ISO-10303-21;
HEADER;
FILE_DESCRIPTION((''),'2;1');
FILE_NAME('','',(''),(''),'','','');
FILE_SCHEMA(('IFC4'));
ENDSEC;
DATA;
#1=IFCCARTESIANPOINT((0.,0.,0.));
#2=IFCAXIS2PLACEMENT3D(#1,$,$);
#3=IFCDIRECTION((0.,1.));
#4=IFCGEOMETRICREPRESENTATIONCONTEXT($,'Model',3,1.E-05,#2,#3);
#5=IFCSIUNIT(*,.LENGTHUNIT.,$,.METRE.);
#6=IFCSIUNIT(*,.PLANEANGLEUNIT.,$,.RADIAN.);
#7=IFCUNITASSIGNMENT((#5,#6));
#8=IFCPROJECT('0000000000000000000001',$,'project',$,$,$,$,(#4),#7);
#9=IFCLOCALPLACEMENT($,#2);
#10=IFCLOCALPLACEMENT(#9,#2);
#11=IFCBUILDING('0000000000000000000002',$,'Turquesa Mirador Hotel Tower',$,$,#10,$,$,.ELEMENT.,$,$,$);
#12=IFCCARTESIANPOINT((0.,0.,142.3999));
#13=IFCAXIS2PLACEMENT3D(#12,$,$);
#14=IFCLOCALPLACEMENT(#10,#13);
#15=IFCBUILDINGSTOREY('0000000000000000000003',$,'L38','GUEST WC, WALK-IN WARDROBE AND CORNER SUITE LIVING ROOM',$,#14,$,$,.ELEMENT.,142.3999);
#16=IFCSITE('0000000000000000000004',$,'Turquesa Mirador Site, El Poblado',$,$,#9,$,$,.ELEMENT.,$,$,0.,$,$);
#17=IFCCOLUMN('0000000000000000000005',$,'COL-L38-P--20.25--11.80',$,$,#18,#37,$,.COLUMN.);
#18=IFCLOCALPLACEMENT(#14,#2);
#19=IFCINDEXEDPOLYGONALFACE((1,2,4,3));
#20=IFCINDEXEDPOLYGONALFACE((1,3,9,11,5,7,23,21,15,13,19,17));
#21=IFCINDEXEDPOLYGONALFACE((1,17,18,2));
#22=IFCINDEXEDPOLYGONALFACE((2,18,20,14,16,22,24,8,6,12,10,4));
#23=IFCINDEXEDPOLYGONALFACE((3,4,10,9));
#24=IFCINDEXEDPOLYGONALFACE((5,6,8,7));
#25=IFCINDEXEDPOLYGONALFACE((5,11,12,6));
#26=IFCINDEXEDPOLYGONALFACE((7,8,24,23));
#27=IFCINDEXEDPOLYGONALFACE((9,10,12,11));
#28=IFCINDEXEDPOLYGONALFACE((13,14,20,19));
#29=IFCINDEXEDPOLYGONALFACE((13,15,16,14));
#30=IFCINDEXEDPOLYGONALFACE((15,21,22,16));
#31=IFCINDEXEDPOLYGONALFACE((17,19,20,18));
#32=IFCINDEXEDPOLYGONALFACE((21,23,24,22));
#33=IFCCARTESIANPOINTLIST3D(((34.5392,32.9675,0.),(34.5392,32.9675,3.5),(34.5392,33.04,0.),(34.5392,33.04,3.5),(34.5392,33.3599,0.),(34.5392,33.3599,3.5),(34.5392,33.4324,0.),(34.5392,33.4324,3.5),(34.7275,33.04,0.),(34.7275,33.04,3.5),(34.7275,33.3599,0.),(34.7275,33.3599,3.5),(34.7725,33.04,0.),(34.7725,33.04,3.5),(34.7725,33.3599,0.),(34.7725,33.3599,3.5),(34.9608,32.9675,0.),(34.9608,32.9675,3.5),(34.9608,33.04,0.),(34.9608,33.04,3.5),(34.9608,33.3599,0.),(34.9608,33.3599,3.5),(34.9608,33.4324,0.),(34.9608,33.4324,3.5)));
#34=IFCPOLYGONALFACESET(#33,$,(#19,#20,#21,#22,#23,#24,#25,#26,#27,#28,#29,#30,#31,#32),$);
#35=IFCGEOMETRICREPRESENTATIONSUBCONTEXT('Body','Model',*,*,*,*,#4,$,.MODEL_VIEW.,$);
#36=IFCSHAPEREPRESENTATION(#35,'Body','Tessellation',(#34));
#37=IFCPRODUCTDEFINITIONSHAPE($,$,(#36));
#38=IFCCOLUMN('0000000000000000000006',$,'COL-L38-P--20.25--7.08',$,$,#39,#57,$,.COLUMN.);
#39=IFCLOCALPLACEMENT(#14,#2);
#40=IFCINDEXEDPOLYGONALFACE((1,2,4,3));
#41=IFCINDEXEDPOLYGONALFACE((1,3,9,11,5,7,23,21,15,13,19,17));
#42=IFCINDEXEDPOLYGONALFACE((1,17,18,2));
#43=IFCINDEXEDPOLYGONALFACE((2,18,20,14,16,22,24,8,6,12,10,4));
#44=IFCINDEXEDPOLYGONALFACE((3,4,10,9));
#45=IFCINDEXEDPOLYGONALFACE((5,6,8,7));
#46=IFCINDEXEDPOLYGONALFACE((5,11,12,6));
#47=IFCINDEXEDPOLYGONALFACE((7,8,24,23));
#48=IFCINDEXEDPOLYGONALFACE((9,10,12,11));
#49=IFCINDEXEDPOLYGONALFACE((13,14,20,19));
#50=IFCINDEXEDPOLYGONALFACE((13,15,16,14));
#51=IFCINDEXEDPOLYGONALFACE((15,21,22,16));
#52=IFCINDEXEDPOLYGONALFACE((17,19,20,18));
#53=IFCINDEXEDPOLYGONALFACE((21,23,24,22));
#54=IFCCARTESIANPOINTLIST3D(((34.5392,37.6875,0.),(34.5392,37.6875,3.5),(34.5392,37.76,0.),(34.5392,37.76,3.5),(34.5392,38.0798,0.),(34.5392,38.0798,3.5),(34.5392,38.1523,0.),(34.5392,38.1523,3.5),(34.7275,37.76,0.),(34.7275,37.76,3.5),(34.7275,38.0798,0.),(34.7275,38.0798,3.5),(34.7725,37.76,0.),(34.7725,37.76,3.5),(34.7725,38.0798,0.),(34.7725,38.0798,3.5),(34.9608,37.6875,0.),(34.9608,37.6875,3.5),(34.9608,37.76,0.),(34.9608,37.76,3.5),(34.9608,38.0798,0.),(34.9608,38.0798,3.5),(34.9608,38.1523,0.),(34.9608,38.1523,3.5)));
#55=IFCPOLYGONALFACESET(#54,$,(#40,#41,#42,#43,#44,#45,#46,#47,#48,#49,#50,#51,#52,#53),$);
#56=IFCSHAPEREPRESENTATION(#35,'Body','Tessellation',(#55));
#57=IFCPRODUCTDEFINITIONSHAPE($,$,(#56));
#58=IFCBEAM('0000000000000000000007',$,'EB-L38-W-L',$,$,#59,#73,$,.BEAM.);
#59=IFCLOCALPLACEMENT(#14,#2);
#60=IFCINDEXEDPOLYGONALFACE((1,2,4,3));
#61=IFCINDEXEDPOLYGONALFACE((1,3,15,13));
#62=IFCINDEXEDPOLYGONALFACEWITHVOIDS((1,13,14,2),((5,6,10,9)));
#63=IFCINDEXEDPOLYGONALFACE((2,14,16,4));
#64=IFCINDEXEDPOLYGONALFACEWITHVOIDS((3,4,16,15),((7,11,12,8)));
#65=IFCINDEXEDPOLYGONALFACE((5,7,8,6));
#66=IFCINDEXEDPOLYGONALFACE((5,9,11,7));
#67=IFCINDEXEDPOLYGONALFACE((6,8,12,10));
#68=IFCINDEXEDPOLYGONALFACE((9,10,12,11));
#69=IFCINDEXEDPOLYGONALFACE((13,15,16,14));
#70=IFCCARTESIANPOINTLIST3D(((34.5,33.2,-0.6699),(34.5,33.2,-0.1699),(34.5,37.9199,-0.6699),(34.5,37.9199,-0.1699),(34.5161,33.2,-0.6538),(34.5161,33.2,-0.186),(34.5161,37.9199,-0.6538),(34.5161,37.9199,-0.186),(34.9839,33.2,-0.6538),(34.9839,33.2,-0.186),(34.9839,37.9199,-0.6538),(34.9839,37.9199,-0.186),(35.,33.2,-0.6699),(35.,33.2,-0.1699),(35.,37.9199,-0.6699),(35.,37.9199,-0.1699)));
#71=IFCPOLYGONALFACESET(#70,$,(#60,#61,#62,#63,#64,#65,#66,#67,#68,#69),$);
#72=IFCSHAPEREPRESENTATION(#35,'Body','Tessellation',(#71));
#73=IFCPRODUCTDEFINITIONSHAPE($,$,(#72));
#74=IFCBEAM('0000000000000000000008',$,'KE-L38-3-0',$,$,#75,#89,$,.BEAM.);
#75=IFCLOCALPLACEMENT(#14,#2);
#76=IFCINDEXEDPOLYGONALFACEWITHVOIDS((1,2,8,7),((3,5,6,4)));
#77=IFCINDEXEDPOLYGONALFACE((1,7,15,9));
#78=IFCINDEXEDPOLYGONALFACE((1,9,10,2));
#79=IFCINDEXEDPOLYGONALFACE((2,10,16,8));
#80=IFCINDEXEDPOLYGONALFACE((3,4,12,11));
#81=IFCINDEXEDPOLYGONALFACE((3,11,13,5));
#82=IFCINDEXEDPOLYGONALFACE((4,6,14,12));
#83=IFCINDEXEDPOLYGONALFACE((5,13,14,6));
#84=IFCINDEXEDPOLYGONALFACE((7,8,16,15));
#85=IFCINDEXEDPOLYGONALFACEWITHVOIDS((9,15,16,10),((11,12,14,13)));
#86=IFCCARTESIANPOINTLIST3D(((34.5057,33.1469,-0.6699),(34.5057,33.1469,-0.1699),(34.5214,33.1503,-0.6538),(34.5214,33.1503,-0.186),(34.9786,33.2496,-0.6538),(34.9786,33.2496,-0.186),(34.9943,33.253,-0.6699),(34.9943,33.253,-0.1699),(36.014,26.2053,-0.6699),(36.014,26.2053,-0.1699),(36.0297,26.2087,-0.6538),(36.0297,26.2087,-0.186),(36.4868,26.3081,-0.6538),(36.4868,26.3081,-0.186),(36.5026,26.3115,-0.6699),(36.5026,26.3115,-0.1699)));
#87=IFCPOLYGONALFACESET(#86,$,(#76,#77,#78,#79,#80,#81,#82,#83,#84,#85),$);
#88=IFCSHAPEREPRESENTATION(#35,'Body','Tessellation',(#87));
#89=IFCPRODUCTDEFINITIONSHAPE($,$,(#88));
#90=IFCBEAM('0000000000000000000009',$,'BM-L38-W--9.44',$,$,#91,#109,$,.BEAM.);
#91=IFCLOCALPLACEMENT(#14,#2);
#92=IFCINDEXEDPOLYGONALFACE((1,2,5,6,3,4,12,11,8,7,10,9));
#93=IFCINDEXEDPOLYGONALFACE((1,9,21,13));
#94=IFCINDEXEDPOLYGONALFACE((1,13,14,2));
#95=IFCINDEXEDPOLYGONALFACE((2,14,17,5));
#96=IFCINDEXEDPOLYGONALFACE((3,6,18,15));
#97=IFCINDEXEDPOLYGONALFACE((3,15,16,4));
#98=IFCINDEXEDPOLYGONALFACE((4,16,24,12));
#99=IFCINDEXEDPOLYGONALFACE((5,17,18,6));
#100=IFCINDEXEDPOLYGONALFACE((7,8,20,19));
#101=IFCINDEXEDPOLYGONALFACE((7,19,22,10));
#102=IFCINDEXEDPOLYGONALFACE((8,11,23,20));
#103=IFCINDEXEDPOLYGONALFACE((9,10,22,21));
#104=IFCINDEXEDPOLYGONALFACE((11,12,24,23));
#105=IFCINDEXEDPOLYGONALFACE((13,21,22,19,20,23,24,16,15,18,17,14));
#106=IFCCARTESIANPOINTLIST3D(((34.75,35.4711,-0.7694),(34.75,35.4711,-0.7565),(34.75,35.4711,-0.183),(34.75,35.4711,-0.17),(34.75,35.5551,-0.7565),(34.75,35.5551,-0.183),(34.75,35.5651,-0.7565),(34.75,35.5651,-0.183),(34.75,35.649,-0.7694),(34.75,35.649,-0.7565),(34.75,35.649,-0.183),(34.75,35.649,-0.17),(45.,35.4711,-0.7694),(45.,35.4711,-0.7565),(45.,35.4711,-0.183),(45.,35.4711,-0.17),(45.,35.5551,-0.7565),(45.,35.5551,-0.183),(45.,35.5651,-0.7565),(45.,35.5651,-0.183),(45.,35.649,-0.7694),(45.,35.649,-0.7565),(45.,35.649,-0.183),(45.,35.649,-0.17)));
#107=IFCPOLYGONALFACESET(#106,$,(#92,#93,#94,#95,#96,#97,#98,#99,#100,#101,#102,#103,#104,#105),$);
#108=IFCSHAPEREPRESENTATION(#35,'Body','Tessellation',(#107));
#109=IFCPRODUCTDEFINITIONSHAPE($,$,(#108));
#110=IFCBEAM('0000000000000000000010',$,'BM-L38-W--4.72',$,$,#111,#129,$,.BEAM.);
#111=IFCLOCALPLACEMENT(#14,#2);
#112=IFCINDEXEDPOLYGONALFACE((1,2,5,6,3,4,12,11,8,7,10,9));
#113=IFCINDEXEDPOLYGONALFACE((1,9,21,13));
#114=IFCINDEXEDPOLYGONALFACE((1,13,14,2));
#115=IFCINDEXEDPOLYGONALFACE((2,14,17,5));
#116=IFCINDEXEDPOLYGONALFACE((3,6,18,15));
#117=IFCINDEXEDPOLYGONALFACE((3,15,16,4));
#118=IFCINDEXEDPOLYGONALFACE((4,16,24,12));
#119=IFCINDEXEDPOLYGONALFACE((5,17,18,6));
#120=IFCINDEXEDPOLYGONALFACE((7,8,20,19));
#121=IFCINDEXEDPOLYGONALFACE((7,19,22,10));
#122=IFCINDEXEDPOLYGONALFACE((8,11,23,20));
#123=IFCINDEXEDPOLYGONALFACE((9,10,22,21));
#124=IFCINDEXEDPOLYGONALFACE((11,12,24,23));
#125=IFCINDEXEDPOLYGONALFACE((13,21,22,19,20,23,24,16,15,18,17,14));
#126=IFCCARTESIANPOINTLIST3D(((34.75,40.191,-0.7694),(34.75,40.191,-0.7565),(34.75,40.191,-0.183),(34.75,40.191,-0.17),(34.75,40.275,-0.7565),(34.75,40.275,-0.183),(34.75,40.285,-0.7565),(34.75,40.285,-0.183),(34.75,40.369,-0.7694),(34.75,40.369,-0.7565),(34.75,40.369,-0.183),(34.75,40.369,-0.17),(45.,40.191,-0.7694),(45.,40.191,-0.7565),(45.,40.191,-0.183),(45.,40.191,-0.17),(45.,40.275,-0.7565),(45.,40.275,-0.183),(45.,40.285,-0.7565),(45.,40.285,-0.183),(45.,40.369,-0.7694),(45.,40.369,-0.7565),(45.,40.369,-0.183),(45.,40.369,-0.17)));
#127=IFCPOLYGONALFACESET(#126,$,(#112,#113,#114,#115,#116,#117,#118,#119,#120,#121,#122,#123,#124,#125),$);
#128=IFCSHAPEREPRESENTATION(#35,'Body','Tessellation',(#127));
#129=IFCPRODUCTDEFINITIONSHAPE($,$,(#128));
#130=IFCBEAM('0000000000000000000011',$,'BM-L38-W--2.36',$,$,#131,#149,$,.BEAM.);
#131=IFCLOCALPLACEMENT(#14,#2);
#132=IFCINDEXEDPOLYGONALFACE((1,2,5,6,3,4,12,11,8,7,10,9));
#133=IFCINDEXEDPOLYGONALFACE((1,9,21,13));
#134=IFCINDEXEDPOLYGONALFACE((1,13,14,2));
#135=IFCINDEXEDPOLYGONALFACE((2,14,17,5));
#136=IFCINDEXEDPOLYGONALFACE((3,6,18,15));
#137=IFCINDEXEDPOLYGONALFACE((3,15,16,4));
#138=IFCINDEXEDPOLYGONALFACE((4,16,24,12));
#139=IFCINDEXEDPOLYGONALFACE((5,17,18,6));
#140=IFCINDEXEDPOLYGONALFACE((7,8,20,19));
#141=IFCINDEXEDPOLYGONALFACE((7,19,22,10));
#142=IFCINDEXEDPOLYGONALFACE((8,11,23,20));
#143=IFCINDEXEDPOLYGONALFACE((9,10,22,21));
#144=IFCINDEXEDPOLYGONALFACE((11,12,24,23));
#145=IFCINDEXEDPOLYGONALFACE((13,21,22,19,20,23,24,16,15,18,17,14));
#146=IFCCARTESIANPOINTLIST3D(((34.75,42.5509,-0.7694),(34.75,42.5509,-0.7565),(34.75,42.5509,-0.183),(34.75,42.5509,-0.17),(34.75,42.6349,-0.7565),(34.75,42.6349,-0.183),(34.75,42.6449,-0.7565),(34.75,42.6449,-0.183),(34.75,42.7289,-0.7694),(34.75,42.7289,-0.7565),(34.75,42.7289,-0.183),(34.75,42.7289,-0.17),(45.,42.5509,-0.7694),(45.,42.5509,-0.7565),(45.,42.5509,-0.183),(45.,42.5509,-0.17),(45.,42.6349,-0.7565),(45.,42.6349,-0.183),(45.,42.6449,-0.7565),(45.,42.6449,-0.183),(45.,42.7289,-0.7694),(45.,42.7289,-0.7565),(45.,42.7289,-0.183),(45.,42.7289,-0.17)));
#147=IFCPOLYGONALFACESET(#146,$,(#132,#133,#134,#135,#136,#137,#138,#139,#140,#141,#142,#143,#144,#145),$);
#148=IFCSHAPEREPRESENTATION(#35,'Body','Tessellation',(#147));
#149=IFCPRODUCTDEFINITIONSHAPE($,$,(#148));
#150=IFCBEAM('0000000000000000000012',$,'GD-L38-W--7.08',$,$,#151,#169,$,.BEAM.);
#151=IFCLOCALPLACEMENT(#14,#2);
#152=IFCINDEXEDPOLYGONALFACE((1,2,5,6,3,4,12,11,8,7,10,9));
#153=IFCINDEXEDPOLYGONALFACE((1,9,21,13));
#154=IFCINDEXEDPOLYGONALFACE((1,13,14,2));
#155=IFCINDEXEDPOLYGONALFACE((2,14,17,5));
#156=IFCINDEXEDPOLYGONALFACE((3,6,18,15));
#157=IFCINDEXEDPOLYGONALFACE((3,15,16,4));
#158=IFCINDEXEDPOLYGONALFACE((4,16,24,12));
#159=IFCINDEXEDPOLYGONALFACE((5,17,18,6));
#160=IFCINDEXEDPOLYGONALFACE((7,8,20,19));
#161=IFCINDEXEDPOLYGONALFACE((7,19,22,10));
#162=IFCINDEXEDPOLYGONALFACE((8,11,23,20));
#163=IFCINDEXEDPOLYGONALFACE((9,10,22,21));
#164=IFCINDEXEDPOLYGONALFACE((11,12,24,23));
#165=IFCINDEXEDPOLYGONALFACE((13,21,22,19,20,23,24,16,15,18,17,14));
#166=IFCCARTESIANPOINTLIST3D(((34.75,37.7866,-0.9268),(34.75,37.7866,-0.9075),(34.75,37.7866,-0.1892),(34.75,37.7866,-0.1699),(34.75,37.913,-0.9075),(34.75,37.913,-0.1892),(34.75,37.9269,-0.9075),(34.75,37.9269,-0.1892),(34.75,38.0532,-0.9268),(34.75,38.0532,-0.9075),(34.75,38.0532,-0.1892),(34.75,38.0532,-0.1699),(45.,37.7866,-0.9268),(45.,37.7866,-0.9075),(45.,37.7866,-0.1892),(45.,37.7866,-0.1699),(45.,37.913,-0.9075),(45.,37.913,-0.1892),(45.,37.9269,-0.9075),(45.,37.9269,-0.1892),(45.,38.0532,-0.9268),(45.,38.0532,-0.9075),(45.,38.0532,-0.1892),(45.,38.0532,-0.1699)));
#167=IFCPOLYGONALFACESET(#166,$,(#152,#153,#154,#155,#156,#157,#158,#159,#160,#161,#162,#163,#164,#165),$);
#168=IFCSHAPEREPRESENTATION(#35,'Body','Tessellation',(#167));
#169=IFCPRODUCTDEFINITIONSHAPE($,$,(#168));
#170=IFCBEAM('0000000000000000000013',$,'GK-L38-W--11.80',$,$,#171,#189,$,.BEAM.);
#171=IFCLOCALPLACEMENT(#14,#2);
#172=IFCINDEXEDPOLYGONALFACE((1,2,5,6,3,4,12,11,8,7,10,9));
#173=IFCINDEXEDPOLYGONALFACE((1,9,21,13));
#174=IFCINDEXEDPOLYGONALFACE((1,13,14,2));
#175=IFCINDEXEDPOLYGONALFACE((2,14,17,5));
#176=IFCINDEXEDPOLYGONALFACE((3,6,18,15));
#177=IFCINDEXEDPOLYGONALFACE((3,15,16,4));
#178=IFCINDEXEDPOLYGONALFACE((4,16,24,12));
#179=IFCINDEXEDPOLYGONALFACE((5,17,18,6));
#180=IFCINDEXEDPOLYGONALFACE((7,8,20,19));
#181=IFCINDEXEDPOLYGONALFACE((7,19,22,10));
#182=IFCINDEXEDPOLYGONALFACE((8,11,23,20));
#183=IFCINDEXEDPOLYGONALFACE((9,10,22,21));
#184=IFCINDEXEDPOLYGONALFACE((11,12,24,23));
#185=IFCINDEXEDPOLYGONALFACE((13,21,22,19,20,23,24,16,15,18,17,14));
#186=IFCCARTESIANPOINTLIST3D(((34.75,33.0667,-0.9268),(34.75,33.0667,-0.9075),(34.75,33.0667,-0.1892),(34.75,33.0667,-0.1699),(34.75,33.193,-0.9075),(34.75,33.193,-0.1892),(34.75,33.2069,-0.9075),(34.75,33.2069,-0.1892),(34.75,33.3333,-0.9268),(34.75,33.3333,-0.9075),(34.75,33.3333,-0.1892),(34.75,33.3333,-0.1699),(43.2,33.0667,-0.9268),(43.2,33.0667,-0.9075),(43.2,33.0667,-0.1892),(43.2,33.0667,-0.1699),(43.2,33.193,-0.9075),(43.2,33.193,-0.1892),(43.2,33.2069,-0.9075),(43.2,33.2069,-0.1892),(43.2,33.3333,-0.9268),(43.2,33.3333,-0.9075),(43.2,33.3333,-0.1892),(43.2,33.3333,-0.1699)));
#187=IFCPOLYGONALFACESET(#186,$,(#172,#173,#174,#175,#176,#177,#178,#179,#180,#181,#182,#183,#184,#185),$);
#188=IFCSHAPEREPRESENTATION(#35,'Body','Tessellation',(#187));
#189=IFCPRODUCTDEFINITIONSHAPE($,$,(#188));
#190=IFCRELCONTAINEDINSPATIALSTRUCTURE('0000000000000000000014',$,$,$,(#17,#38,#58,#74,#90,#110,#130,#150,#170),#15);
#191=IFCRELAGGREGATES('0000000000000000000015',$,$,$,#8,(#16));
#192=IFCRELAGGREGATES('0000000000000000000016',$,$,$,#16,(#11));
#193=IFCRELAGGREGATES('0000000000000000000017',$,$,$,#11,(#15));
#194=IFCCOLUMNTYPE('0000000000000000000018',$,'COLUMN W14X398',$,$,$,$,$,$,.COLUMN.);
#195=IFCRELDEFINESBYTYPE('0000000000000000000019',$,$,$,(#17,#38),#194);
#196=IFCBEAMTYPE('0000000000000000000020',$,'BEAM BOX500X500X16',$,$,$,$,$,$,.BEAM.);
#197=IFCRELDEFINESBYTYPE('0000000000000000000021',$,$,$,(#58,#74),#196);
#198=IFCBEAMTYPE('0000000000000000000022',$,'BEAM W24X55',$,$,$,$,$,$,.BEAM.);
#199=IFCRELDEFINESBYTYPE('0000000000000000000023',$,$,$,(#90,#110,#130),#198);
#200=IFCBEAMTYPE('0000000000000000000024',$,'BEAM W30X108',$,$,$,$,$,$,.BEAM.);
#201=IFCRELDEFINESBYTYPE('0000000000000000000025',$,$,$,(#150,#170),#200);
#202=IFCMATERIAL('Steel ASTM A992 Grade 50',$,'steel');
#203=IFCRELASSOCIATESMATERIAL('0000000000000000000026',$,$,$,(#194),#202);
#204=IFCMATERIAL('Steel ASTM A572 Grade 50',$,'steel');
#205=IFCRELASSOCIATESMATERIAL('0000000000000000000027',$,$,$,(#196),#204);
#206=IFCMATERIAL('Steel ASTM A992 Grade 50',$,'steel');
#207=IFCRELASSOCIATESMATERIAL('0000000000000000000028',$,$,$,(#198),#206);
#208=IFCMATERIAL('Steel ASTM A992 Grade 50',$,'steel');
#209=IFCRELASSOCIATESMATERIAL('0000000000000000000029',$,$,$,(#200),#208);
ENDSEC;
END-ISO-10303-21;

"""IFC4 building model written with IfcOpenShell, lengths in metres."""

from ifc_helpers import new_model, si_unit, direction, frame, origin, origin_2d, place, context, subcontext, project, spatial, hollow_rectangle, i_section, extrude, material, material_profile, profile_set, type_object, element, save


model = new_model("IFC4")

# Units and contexts
model_context = context("Model", 3, precision=1e-05, world=origin(), true_north=direction((0.0, 1.0)))
body_context = subcontext(model_context, "Body", "Model", "MODEL_VIEW")
ifc_project = project(units=[si_unit("LENGTHUNIT", "METRE"), si_unit("PLANEANGLEUNIT", "RADIAN")], contexts=[model_context])

# Site, building, storey
site_placement = place(None, origin())
site = spatial("IfcSite", under=ifc_project, at=site_placement, Name="Turquesa Mirador Site, El Poblado", CompositionType="ELEMENT", RefElevation=0.0)
building_placement = place(site_placement, origin())
building = spatial("IfcBuilding", under=site, at=building_placement, Name="Turquesa Mirador Hotel Tower", CompositionType="ELEMENT")
storey_placement = place(building_placement, frame((0.0, 0.0, 142.3999)))
storey = spatial("IfcBuildingStorey", under=building, at=storey_placement, Name="L38", Description="GUEST WC, WALK-IN WARDROBE AND CORNER SUITE LIVING ROOM", CompositionType="ELEMENT", Elevation=142.3999)

# Columns
ifc_material_1 = material(Name="Steel ASTM A992 Grade 50", Category="steel")
ifc_material_profile_1 = material_profile(ifc_material_1, i_section(OverallWidth=0.4216, OverallDepth=0.4648, WebThickness=0.0449, FlangeThickness=0.0725, at=origin_2d()), Name="W14X398")
ifc_profile_set_1 = profile_set([ifc_material_profile_1], Name="Steel ASTM A992 Grade 50")
column_type = type_object("IfcColumnType", Name="COLUMN W14X398", PredefinedType="COLUMN", material=ifc_profile_set_1)
for number, where, z_axis, x_axis, name in (
    (1, (34.75, 33.2, 0.0), (0.0, 0.0, 1.0), (1.0, 0.0, 0.0), "COL-L38-P--20.25--11.80"),
    (2, (34.75, 37.9199, 0.0), (0.0, 0.0, 1.0), (1.0, 0.0, 0.0), "COL-L38-P--20.25--7.08"),
):
    element("IfcColumn", number, at=place(storey_placement, frame(where, z_axis=z_axis, x_axis=x_axis)), inside=storey, type_object=column_type, Name=name, PredefinedType="COLUMN", context=body_context, shape_type="SweptSolid", body=[
        extrude(i_section(OverallWidth=0.4216, OverallDepth=0.4648, WebThickness=0.0449, FlangeThickness=0.0725, at=origin_2d()), origin(), (0.0, 0.0, 1.0), 3.5),
    ])

# Beams
ifc_material_2 = material(Name="Steel ASTM A572 Grade 50", Category="steel")
ifc_material_profile_2 = material_profile(ifc_material_2, hollow_rectangle(XDim=0.5, YDim=0.5, WallThickness=0.0161, at=origin_2d()), Name="BOX500X500X16")
ifc_profile_set_2 = profile_set([ifc_material_profile_2], Name="Steel ASTM A572 Grade 50")
beam_type_1 = type_object("IfcBeamType", Name="BEAM BOX500X500X16", PredefinedType="BEAM", material=ifc_profile_set_2)
beam_1_placement = place(storey_placement, frame((34.75, 33.2, -0.4199), z_axis=(0.0, 1.0, 0.0), x_axis=(-1.0, 0.0, 0.0)))
element("IfcBeam", 3, at=beam_1_placement, inside=storey, type_object=beam_type_1, Name="EB-L38-W-L", PredefinedType="BEAM", context=body_context, shape_type="SweptSolid", body=[
    extrude(hollow_rectangle(XDim=0.5, YDim=0.5, WallThickness=0.0161, at=origin_2d()), origin(), (0.0, 0.0, 1.0), 4.72),
])
beam_2_placement = place(storey_placement, frame((34.75, 33.2, -0.4199), z_axis=(0.212328, -0.977198, 0.0), x_axis=(0.977198, 0.212328, 0.0)))
element("IfcBeam", 4, at=beam_2_placement, inside=storey, type_object=beam_type_1, Name="KE-L38-3-0", PredefinedType="BEAM", context=body_context, shape_type="SweptSolid", body=[
    extrude(hollow_rectangle(XDim=0.5, YDim=0.5, WallThickness=0.0161, at=origin_2d()), origin(), (0.0, 0.0, 1.0), 7.1035),
])
ifc_material_3 = material(Name="Steel ASTM A992 Grade 50", Category="steel")
ifc_material_profile_3 = material_profile(ifc_material_3, i_section(OverallWidth=0.178, OverallDepth=0.5994, WebThickness=0.01, FlangeThickness=0.0129, at=origin_2d()), Name="W24X55")
ifc_profile_set_3 = profile_set([ifc_material_profile_3], Name="Steel ASTM A992 Grade 50")
beam_type_2 = type_object("IfcBeamType", Name="BEAM W24X55", PredefinedType="BEAM", material=ifc_profile_set_3)
for number, where, z_axis, x_axis, name in (
    (5, (34.75, 35.5601, -0.4697), (1.0, 0.0, 0.0), (0.0, 1.0, 0.0), "BM-L38-W--9.44"),
    (6, (34.75, 40.28, -0.4697), (1.0, 0.0, 0.0), (0.0, 1.0, 0.0), "BM-L38-W--4.72"),
    (7, (34.75, 42.6399, -0.4697), (1.0, 0.0, 0.0), (0.0, 1.0, 0.0), "BM-L38-W--2.36"),
):
    element("IfcBeam", number, at=place(storey_placement, frame(where, z_axis=z_axis, x_axis=x_axis)), inside=storey, type_object=beam_type_2, Name=name, PredefinedType="BEAM", context=body_context, shape_type="SweptSolid", body=[
        extrude(i_section(OverallWidth=0.178, OverallDepth=0.5994, WebThickness=0.01, FlangeThickness=0.0129, at=origin_2d()), origin(), (0.0, 0.0, 1.0), 10.25),
    ])
ifc_material_4 = material(Name="Steel ASTM A992 Grade 50", Category="steel")
ifc_material_profile_4 = material_profile(ifc_material_4, i_section(OverallWidth=0.2666, OverallDepth=0.7568, WebThickness=0.0139, FlangeThickness=0.0193, at=origin_2d()), Name="W30X108")
ifc_profile_set_4 = profile_set([ifc_material_profile_4], Name="Steel ASTM A992 Grade 50")
beam_type_3 = type_object("IfcBeamType", Name="BEAM W30X108", PredefinedType="BEAM", material=ifc_profile_set_4)
beam_3_placement = place(storey_placement, frame((34.75, 37.9199, -0.5483), z_axis=(1.0, 0.0, 0.0), x_axis=(0.0, 1.0, 0.0)))
element("IfcBeam", 8, at=beam_3_placement, inside=storey, type_object=beam_type_3, Name="GD-L38-W--7.08", PredefinedType="BEAM", context=body_context, shape_type="SweptSolid", body=[
    extrude(i_section(OverallWidth=0.2666, OverallDepth=0.7568, WebThickness=0.0139, FlangeThickness=0.0193, at=origin_2d()), origin(), (0.0, 0.0, 1.0), 10.25),
])
beam_4_placement = place(storey_placement, frame((34.75, 33.2, -0.5483), z_axis=(1.0, 0.0, 0.0), x_axis=(0.0, 1.0, 0.0)))
element("IfcBeam", 9, at=beam_4_placement, inside=storey, type_object=beam_type_3, Name="GK-L38-W--11.80", PredefinedType="BEAM", context=body_context, shape_type="SweptSolid", body=[
    extrude(i_section(OverallWidth=0.2666, OverallDepth=0.7568, WebThickness=0.0139, FlangeThickness=0.0193, at=origin_2d()), origin(), (0.0, 0.0, 1.0), 8.45),
])

save(model, "model.ifc")
